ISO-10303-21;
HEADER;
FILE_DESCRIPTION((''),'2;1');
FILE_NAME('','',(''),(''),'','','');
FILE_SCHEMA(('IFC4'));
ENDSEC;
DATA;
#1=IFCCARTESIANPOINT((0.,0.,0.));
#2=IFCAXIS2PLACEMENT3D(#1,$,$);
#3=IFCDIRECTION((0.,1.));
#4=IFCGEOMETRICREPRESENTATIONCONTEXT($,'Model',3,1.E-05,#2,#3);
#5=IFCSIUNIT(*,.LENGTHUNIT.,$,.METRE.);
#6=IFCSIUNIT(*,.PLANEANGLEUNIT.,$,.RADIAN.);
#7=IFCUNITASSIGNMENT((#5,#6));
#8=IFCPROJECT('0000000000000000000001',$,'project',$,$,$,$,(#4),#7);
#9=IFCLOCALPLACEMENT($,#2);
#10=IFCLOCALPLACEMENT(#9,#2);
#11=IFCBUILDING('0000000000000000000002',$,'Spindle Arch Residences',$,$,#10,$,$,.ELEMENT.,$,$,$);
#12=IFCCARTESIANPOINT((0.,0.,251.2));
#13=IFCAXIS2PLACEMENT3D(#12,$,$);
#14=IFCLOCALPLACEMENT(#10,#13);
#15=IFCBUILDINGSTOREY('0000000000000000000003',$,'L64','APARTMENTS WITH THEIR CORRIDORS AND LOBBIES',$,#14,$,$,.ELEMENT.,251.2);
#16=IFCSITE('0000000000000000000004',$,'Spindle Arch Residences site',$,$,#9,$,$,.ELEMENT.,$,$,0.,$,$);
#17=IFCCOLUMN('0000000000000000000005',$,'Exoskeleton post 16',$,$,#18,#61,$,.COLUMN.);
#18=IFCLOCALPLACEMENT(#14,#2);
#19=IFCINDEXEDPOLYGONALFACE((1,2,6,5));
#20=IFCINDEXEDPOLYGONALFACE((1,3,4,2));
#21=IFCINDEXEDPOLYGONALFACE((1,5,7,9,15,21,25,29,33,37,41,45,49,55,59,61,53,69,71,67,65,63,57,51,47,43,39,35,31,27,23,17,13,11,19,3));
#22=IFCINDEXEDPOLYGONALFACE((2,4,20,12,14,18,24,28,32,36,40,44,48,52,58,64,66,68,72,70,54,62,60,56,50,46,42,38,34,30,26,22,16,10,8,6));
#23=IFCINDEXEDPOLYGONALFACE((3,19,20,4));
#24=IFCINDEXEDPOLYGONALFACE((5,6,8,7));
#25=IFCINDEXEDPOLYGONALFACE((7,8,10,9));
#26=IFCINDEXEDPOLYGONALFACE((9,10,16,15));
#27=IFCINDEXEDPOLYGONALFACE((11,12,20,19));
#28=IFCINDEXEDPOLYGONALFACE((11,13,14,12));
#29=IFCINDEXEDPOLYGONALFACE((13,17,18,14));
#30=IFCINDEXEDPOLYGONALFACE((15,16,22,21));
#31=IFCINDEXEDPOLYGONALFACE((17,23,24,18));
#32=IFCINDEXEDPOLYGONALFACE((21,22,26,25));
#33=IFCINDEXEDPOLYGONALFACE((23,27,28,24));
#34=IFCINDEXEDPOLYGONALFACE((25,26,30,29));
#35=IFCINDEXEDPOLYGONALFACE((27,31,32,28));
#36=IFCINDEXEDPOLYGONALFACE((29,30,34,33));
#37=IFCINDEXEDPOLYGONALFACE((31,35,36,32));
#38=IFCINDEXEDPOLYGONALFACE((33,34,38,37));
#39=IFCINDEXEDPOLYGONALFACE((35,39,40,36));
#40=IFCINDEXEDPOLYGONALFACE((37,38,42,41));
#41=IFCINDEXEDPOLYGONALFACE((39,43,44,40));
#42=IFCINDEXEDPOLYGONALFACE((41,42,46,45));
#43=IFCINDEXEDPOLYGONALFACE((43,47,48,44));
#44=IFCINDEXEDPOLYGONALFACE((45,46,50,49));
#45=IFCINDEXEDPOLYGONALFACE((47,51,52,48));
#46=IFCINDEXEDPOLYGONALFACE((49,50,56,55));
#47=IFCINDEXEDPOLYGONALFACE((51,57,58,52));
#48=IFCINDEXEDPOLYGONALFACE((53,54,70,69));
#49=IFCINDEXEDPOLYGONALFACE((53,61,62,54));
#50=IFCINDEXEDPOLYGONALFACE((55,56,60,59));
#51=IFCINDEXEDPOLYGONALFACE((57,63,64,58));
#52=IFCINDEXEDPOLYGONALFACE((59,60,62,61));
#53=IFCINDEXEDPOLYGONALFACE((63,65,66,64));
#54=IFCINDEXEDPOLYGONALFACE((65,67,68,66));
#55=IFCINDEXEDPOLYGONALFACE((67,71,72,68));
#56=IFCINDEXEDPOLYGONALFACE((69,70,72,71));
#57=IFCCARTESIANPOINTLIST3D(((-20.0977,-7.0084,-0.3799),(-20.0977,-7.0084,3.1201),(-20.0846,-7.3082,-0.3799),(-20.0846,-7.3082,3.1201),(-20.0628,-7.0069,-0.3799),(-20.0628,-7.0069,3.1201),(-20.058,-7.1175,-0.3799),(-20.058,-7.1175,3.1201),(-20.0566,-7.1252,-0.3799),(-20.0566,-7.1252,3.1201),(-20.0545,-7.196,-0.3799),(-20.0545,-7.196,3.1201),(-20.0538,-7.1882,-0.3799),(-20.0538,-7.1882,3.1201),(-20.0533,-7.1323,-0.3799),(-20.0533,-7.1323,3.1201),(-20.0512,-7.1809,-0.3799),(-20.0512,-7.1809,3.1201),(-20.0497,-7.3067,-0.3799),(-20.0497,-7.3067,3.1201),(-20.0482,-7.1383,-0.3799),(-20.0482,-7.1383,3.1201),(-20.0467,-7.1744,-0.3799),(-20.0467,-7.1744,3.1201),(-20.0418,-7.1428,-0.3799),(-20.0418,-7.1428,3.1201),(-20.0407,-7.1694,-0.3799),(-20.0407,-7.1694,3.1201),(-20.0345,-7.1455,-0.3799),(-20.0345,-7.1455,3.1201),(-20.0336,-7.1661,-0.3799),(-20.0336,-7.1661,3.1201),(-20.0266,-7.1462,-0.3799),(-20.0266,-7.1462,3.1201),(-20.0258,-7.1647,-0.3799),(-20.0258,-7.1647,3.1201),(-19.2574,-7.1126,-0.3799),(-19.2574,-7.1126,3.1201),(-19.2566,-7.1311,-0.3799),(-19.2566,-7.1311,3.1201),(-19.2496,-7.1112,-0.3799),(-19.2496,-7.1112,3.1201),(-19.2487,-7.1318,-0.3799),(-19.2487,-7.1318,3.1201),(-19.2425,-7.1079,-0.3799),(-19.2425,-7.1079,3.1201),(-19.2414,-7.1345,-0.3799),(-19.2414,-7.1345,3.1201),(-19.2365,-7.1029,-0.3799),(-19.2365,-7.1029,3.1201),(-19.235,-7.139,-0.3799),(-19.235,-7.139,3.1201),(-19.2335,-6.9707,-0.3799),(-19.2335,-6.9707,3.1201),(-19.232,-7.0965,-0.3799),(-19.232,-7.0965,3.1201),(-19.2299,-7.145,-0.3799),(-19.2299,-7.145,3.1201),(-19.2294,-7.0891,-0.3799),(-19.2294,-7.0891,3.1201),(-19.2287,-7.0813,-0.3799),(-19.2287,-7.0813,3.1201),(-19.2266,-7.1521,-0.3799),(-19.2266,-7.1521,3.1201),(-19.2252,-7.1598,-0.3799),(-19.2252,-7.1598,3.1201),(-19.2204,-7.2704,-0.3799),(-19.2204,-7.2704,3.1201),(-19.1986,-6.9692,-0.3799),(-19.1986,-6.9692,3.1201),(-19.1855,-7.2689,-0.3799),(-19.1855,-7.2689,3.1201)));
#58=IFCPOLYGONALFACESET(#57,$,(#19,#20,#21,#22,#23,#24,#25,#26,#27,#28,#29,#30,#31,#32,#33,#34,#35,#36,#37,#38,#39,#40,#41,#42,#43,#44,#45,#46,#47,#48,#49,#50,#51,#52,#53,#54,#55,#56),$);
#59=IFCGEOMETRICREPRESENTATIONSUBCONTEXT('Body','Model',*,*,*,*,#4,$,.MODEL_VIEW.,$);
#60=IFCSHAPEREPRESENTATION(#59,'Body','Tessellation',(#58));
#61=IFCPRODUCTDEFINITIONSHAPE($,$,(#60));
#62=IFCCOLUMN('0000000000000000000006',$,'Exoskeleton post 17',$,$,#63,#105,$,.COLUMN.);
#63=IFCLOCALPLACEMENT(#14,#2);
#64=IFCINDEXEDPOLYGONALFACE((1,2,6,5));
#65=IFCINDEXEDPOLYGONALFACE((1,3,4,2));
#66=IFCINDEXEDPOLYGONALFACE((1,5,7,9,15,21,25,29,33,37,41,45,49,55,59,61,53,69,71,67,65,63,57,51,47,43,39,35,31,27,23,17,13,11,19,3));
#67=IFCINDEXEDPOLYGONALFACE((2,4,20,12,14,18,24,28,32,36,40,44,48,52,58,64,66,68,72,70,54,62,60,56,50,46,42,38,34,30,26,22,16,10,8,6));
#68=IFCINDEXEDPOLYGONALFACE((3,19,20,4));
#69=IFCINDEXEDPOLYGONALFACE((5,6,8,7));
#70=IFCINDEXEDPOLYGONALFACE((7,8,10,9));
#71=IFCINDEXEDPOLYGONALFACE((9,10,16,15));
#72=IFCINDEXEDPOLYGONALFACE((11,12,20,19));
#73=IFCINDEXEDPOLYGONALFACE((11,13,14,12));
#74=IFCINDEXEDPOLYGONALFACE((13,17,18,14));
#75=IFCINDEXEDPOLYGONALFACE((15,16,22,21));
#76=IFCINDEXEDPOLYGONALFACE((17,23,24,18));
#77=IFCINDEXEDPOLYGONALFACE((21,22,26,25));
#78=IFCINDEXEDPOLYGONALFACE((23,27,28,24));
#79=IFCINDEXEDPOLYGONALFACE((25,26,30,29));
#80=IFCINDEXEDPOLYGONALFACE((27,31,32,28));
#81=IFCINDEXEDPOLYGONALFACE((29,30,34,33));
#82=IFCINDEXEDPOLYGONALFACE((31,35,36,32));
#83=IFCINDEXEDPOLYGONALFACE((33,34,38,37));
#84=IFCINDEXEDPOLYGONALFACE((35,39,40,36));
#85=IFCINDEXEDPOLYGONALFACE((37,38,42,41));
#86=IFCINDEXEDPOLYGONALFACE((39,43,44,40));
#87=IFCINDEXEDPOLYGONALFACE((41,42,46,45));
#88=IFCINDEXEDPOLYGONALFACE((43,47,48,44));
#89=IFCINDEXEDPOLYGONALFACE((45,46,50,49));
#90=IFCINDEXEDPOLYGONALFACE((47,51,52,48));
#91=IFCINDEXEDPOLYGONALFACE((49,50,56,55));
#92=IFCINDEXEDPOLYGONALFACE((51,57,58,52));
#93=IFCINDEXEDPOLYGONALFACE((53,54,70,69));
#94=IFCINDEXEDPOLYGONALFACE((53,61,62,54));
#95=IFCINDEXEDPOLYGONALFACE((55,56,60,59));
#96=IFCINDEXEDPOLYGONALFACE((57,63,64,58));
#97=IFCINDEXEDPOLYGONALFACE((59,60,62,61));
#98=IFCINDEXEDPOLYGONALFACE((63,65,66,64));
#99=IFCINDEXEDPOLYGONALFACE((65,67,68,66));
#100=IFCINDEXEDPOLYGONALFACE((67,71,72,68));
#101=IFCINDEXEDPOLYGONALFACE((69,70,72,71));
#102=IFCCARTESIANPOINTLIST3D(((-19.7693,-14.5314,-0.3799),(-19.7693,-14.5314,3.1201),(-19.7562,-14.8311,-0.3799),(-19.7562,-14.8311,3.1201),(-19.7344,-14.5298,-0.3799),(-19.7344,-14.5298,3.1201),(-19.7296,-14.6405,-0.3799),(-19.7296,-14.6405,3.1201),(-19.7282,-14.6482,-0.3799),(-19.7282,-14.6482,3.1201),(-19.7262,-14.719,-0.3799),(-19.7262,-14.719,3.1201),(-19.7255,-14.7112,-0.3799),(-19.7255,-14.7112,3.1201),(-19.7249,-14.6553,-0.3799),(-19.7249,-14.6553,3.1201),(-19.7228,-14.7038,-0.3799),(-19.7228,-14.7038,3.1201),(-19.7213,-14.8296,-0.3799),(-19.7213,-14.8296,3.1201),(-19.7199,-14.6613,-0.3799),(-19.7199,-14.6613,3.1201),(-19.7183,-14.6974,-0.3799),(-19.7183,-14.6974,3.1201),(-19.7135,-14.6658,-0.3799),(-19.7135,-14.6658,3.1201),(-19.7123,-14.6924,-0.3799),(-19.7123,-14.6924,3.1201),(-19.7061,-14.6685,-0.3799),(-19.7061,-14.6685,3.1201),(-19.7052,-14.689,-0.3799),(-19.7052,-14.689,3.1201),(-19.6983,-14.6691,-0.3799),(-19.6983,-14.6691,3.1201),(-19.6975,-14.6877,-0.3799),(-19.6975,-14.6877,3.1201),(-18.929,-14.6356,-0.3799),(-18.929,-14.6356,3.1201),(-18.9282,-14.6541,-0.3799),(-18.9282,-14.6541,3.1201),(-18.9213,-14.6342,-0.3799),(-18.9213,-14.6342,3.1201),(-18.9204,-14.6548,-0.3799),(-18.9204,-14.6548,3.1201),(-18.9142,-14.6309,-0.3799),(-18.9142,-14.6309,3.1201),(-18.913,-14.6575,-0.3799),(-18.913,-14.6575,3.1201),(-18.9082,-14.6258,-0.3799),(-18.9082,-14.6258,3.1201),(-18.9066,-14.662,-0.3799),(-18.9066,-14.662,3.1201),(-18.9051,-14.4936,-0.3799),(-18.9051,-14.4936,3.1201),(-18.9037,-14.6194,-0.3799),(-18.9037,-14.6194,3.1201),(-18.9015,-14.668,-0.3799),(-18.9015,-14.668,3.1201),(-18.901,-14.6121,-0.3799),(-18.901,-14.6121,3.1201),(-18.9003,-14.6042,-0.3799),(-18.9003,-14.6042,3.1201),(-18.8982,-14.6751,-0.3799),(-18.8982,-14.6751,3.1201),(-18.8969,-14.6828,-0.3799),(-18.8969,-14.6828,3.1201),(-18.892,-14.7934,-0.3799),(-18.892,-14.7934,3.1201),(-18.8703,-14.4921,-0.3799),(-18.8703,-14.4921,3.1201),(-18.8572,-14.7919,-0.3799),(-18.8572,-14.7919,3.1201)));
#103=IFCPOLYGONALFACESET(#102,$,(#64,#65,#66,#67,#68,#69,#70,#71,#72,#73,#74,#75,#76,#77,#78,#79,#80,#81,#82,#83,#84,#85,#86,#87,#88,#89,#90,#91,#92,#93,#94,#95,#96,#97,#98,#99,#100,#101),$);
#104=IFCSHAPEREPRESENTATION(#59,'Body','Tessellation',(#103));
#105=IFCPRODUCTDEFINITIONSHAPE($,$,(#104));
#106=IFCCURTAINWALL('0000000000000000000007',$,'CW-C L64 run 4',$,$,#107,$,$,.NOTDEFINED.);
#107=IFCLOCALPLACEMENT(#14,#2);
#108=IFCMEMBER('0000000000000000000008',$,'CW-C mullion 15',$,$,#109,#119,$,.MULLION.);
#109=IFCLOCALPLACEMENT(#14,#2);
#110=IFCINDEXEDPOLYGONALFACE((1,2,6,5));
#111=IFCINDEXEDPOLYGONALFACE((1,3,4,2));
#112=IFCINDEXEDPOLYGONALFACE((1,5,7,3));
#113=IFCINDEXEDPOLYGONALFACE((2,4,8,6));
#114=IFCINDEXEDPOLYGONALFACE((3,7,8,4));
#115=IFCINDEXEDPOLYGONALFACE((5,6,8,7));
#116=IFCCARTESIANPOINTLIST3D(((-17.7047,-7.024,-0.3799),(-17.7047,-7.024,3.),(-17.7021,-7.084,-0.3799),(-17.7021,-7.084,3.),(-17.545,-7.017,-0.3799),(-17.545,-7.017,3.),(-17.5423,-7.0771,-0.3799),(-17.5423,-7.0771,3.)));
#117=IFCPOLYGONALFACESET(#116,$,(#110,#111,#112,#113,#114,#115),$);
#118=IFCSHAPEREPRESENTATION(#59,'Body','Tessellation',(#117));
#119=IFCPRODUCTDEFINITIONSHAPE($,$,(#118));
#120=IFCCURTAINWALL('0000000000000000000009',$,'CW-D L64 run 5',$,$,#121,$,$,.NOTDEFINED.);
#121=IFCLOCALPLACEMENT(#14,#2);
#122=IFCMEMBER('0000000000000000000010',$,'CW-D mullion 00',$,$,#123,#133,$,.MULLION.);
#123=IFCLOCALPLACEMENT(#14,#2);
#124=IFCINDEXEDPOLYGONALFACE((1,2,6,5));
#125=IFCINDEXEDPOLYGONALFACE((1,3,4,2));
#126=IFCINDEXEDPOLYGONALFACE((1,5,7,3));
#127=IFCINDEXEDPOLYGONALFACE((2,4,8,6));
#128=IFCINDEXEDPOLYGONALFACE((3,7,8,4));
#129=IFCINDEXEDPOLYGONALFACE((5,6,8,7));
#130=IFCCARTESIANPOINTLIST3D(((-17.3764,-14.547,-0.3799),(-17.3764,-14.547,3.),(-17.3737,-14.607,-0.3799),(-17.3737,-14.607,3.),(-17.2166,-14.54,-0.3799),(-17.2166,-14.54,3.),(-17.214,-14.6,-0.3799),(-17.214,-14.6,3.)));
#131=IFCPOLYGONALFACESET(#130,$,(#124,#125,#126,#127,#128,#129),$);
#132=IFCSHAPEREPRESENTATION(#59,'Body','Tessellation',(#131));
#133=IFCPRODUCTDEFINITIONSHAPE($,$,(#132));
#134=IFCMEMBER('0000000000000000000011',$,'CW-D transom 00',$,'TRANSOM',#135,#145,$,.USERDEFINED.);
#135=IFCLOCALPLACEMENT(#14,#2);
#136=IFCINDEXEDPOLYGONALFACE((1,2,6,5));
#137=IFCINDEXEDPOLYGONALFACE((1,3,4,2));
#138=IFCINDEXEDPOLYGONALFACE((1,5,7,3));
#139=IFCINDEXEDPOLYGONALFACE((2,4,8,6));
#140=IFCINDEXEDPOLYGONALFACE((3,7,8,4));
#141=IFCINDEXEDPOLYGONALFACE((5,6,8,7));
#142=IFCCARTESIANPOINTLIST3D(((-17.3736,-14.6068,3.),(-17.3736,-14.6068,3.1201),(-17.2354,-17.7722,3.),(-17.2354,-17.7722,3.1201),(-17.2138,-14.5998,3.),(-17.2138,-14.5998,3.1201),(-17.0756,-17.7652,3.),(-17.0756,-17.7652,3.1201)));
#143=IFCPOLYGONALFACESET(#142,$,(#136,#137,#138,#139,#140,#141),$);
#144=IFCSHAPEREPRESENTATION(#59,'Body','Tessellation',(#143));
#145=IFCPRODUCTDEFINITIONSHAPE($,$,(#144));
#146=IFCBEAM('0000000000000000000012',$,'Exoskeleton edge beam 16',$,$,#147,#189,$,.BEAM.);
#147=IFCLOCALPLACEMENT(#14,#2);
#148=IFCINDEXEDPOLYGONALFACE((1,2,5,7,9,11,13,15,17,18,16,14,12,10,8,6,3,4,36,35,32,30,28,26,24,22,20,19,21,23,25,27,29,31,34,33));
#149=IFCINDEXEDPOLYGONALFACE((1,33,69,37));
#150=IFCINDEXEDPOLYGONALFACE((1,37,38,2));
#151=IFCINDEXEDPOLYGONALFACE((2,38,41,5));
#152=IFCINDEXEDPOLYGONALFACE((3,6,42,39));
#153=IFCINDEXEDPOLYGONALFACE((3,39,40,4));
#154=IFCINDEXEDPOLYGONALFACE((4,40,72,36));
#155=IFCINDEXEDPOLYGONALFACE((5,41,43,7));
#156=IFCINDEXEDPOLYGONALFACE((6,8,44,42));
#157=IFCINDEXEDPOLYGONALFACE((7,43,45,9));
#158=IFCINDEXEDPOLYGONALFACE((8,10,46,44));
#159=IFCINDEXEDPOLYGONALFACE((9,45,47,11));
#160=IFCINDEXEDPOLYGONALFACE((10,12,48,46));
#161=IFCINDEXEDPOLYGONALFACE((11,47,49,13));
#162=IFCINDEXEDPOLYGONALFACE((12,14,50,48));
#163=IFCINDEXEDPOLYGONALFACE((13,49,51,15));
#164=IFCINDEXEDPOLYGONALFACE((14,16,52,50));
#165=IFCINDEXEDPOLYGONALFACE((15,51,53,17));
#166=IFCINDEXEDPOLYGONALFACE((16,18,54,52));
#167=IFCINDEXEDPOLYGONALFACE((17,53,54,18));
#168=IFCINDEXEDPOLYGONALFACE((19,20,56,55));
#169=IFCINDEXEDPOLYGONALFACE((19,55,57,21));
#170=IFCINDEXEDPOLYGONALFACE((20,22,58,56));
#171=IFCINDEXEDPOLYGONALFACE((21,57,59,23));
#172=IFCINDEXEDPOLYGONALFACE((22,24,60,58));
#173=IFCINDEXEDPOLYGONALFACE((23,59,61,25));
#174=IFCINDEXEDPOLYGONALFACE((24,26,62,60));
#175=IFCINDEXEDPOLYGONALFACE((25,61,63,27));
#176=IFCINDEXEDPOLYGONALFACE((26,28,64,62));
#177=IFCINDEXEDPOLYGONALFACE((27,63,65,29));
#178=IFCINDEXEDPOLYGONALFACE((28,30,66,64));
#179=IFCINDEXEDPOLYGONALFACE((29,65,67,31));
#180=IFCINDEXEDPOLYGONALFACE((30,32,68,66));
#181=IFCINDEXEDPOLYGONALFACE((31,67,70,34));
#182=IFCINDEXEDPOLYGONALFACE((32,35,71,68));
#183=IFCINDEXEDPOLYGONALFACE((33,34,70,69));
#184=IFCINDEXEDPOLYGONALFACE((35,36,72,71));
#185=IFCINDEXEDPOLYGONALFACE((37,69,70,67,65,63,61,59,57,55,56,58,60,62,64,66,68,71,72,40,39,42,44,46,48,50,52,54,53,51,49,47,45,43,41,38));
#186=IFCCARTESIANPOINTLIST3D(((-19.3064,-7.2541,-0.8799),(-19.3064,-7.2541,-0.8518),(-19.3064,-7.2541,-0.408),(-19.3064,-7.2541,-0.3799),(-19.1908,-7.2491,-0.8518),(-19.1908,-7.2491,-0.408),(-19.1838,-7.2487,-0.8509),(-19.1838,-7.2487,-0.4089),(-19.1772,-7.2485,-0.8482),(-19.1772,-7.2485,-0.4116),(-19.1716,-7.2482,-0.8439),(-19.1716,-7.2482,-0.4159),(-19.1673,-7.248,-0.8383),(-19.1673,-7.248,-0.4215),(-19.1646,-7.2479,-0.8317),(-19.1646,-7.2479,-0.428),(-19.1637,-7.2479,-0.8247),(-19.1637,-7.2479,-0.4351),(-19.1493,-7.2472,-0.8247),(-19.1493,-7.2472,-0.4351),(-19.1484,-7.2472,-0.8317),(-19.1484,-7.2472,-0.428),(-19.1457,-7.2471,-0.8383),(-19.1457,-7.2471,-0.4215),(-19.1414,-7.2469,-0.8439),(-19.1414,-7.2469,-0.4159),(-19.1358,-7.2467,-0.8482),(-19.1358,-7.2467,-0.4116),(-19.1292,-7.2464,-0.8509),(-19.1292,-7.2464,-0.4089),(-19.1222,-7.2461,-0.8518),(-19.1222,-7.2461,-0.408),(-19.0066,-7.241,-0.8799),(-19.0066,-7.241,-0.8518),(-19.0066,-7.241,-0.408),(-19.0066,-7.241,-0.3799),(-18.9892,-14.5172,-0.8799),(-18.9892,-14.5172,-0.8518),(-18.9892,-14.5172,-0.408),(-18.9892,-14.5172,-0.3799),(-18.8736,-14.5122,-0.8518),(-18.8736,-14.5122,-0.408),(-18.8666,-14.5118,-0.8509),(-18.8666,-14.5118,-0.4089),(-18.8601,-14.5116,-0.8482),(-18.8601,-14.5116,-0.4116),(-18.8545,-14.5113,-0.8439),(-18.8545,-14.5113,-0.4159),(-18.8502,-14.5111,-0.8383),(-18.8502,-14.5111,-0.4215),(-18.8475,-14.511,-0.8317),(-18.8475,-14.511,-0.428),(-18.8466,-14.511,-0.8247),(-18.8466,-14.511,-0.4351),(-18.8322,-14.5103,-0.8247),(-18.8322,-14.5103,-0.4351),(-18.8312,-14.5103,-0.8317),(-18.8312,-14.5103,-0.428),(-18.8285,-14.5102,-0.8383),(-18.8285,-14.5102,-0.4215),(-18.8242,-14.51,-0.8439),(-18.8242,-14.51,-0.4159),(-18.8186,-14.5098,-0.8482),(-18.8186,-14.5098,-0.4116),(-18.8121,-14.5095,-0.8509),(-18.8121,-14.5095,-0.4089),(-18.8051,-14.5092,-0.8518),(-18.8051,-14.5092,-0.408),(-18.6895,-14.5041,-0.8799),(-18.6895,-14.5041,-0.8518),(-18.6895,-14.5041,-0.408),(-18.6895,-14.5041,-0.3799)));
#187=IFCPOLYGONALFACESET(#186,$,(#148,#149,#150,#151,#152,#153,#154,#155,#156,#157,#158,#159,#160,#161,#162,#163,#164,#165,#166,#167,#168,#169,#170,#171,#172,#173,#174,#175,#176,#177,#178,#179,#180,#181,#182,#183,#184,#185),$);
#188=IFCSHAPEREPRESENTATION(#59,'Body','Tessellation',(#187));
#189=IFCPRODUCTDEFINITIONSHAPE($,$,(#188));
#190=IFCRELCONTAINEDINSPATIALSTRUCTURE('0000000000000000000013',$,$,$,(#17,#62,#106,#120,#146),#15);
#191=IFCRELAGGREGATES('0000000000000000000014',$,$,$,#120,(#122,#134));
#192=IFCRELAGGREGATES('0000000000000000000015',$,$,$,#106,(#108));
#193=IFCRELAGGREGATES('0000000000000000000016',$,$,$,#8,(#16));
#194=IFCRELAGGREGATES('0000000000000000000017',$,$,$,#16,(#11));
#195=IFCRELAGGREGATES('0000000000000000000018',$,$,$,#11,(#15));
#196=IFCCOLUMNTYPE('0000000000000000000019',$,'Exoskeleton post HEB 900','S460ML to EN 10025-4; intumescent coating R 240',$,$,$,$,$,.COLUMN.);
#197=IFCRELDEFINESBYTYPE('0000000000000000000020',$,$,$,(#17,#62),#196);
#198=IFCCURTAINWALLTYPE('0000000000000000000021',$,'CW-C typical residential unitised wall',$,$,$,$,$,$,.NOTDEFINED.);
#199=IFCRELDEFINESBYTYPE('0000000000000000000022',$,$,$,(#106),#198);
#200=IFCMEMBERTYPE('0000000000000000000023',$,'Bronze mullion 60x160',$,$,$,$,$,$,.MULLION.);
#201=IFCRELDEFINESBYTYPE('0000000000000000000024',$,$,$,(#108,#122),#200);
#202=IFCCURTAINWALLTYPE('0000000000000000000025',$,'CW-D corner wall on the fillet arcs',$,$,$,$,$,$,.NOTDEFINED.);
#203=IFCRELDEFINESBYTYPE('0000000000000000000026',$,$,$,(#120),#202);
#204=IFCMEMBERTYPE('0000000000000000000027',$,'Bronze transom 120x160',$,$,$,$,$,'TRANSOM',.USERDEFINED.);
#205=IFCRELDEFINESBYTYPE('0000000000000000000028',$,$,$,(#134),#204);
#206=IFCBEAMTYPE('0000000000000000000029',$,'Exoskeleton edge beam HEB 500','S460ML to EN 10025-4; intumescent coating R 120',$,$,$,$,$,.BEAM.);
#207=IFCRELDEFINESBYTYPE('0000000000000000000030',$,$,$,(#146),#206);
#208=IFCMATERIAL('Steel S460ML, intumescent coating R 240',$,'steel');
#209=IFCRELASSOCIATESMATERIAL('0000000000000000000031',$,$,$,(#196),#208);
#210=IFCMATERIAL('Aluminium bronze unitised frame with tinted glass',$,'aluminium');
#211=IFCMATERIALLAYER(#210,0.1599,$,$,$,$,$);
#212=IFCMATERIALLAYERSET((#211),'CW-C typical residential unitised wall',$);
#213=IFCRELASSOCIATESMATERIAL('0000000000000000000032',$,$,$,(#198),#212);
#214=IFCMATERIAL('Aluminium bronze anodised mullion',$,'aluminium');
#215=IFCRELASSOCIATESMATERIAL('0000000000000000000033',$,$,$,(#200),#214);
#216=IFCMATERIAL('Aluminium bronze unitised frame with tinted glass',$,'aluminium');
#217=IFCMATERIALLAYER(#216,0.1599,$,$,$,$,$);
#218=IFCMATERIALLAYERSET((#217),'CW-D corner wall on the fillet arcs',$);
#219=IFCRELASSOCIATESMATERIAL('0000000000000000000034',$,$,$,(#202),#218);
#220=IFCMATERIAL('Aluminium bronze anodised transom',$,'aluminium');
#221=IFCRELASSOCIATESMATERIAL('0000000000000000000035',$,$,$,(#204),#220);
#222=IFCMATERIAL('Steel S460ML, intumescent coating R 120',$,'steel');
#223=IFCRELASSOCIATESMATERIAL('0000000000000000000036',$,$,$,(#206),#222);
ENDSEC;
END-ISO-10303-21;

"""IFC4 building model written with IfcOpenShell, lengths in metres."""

from ifc_helpers import new_model, si_unit, direction, frame, origin, origin_2d, place, context, subcontext, project, spatial, rectangle, i_section, extrude, material, layer, layer_set, material_profile, profile_set, type_object, element, aggregate, save


model = new_model("IFC4")

# Units and contexts
model_context = context("Model", 3, precision=1e-05, world=origin(), true_north=direction((0.0, 1.0)))
body_context = subcontext(model_context, "Body", "Model", "MODEL_VIEW")
ifc_project = project(units=[si_unit("LENGTHUNIT", "METRE"), si_unit("PLANEANGLEUNIT", "RADIAN")], contexts=[model_context])

# Site, building, storey
site_placement = place(None, origin())
site = spatial("IfcSite", under=ifc_project, at=site_placement, Name="Spindle Arch Residences site", CompositionType="ELEMENT", RefElevation=0.0)
building_placement = place(site_placement, origin())
building = spatial("IfcBuilding", under=site, at=building_placement, Name="Spindle Arch Residences", CompositionType="ELEMENT")
storey_placement = place(building_placement, frame((0.0, 0.0, 251.2)))
storey = spatial("IfcBuildingStorey", under=building, at=storey_placement, Name="L64", Description="APARTMENTS WITH THEIR CORRIDORS AND LOBBIES", CompositionType="ELEMENT", Elevation=251.2)

# Columns
ifc_material_1 = material(Name="Steel S460ML, intumescent coating R 240", Category="steel")
ifc_material_profile_1 = material_profile(ifc_material_1, i_section(OverallWidth=0.3, OverallDepth=0.8999, WebThickness=0.0186, FlangeThickness=0.0349, FilletRadius=0.03, at=origin_2d()), Name="HEB 900")
ifc_profile_set_1 = profile_set([ifc_material_profile_1], Name="Steel S460ML, intumescent coating R 240")
column_type = type_object("IfcColumnType", Name="Exoskeleton post HEB 900", Description="S460ML to EN 10025-4; intumescent coating R 240", PredefinedType="COLUMN", material=ifc_profile_set_1)
for number, where, z_axis, x_axis, name in (
    (1, (-19.6416, -7.1387, -0.3799), (0.0, 0.0, 1.0), (-0.043619, 0.999048, 0.0), "Exoskeleton post 16"),
    (2, (-19.3132, -14.6616, -0.3799), (0.0, 0.0, 1.0), (-0.043619, 0.999048, 0.0), "Exoskeleton post 17"),
):
    element("IfcColumn", number, at=place(storey_placement, frame(where, z_axis=z_axis, x_axis=x_axis)), inside=storey, type_object=column_type, Name=name, PredefinedType="COLUMN", context=body_context, shape_type="SweptSolid", body=[
        extrude(i_section(OverallWidth=0.3, OverallDepth=0.8999, WebThickness=0.0186, FlangeThickness=0.0349, FilletRadius=0.03, at=origin_2d()), origin(), (0.0, 0.0, 1.0), 3.5),
    ])

# Curtain wall, member
ifc_material_2 = material(Name="Aluminium bronze unitised frame with tinted glass", Category="aluminium")
ifc_layer_1 = layer(ifc_material_2, 0.1599)
ifc_layer_set_1 = layer_set([ifc_layer_1], Name="CW-C typical residential unitised wall")
curtain_wall_type_1 = type_object("IfcCurtainWallType", Name="CW-C typical residential unitised wall", PredefinedType="NOTDEFINED", material=ifc_layer_set_1)
curtain_wall_1_placement = place(storey_placement, origin())
curtain_wall_1 = element("IfcCurtainWall", 3, at=curtain_wall_1_placement, inside=storey, type_object=curtain_wall_type_1, Name="CW-C L64 run 4", PredefinedType="NOTDEFINED")
ifc_material_3 = material(Name="Aluminium bronze anodised mullion", Category="aluminium")
ifc_material_profile_2 = material_profile(ifc_material_3, rectangle(XDim=0.1599, YDim=0.0601, at=origin_2d()), Name="MU 60x160")
ifc_profile_set_2 = profile_set([ifc_material_profile_2], Name="Aluminium bronze anodised mullion")
member_type_1 = type_object("IfcMemberType", Name="Bronze mullion 60x160", PredefinedType="MULLION", material=ifc_profile_set_2)
member_1_placement = place(storey_placement, frame((-17.6235, -7.0505, -0.3799), z_axis=(0.0, 0.0, 1.0), x_axis=(0.999048, 0.043619, 0.0)))
member_1 = element("IfcMember", 4, at=member_1_placement, type_object=member_type_1, Name="CW-C mullion 15", PredefinedType="MULLION", context=body_context, shape_type="SweptSolid", body=[
    extrude(rectangle(XDim=0.1599, YDim=0.0601, at=origin_2d()), origin(), (0.0, 0.0, 1.0), 3.3799),
])

# Curtain wall, members
ifc_material_4 = material(Name="Aluminium bronze unitised frame with tinted glass", Category="aluminium")
ifc_layer_2 = layer(ifc_material_4, 0.1599)
ifc_layer_set_2 = layer_set([ifc_layer_2], Name="CW-D corner wall on the fillet arcs")
curtain_wall_type_2 = type_object("IfcCurtainWallType", Name="CW-D corner wall on the fillet arcs", PredefinedType="NOTDEFINED", material=ifc_layer_set_2)
curtain_wall_2_placement = place(storey_placement, origin())
curtain_wall_2 = element("IfcCurtainWall", 5, at=curtain_wall_2_placement, inside=storey, type_object=curtain_wall_type_2, Name="CW-D L64 run 5", PredefinedType="NOTDEFINED")
member_2_placement = place(storey_placement, frame((-17.2952, -14.5735, -0.3799), z_axis=(0.0, 0.0, 1.0), x_axis=(0.999048, 0.043619, 0.0)))
member_2 = element("IfcMember", 6, at=member_2_placement, type_object=member_type_1, Name="CW-D mullion 00", PredefinedType="MULLION", context=body_context, shape_type="SweptSolid", body=[
    extrude(rectangle(XDim=0.1599, YDim=0.0601, at=origin_2d()), origin(), (0.0, 0.0, 1.0), 3.3799),
])
ifc_material_5 = material(Name="Aluminium bronze anodised transom", Category="aluminium")
ifc_material_profile_3 = material_profile(ifc_material_5, rectangle(XDim=0.1599, YDim=0.1201, at=origin_2d()), Name="TR 120x160")
ifc_profile_set_3 = profile_set([ifc_material_profile_3], Name="Aluminium bronze anodised transom")
member_type_2 = type_object("IfcMemberType", Name="Bronze transom 120x160", ElementType="TRANSOM", PredefinedType="USERDEFINED", material=ifc_profile_set_3)
member_3_placement = place(storey_placement, frame((-17.2937, -14.6033, 3.0601), z_axis=(0.043611, -0.999049, 0.0), x_axis=(0.999049, 0.043611, 0.0)))
member_3 = element("IfcMember", 7, at=member_3_placement, type_object=member_type_2, Name="CW-D transom 00", ObjectType="TRANSOM", PredefinedType="USERDEFINED", context=body_context, shape_type="SweptSolid", body=[
    extrude(rectangle(XDim=0.1599, YDim=0.1201, at=origin_2d()), origin(), (0.0, 0.0, 1.0), 3.1685),
])
aggregate(curtain_wall_2, [member_2, member_3])

# Beam
ifc_material_6 = material(Name="Steel S460ML, intumescent coating R 120", Category="steel")
ifc_material_profile_4 = material_profile(ifc_material_6, i_section(OverallWidth=0.3, OverallDepth=0.5, WebThickness=0.0144, FlangeThickness=0.0281, FilletRadius=0.0271, at=origin_2d()), Name="HEB 500")
ifc_profile_set_4 = profile_set([ifc_material_profile_4], Name="Steel S460ML, intumescent coating R 120")
beam_type_1 = type_object("IfcBeamType", Name="Exoskeleton edge beam HEB 500", Description="S460ML to EN 10025-4; intumescent coating R 120", PredefinedType="BEAM", material=ifc_profile_set_4)
beam_1_placement = place(storey_placement, frame((-19.1565, -7.2476, -0.6299), z_axis=(0.043622, -0.999048, 0.0), x_axis=(0.999048, 0.043622, 0.0)))
element("IfcBeam", 8, at=beam_1_placement, inside=storey, type_object=beam_type_1, Name="Exoskeleton edge beam 16", PredefinedType="BEAM", context=body_context, shape_type="SweptSolid", body=[
    extrude(i_section(OverallWidth=0.3, OverallDepth=0.5, WebThickness=0.0144, FlangeThickness=0.0281, FilletRadius=0.0271, at=origin_2d()), origin(), (0.0, 0.0, 1.0), 7.27),
])

aggregate(curtain_wall_1, [member_1])

save(model, "model.ifc")
